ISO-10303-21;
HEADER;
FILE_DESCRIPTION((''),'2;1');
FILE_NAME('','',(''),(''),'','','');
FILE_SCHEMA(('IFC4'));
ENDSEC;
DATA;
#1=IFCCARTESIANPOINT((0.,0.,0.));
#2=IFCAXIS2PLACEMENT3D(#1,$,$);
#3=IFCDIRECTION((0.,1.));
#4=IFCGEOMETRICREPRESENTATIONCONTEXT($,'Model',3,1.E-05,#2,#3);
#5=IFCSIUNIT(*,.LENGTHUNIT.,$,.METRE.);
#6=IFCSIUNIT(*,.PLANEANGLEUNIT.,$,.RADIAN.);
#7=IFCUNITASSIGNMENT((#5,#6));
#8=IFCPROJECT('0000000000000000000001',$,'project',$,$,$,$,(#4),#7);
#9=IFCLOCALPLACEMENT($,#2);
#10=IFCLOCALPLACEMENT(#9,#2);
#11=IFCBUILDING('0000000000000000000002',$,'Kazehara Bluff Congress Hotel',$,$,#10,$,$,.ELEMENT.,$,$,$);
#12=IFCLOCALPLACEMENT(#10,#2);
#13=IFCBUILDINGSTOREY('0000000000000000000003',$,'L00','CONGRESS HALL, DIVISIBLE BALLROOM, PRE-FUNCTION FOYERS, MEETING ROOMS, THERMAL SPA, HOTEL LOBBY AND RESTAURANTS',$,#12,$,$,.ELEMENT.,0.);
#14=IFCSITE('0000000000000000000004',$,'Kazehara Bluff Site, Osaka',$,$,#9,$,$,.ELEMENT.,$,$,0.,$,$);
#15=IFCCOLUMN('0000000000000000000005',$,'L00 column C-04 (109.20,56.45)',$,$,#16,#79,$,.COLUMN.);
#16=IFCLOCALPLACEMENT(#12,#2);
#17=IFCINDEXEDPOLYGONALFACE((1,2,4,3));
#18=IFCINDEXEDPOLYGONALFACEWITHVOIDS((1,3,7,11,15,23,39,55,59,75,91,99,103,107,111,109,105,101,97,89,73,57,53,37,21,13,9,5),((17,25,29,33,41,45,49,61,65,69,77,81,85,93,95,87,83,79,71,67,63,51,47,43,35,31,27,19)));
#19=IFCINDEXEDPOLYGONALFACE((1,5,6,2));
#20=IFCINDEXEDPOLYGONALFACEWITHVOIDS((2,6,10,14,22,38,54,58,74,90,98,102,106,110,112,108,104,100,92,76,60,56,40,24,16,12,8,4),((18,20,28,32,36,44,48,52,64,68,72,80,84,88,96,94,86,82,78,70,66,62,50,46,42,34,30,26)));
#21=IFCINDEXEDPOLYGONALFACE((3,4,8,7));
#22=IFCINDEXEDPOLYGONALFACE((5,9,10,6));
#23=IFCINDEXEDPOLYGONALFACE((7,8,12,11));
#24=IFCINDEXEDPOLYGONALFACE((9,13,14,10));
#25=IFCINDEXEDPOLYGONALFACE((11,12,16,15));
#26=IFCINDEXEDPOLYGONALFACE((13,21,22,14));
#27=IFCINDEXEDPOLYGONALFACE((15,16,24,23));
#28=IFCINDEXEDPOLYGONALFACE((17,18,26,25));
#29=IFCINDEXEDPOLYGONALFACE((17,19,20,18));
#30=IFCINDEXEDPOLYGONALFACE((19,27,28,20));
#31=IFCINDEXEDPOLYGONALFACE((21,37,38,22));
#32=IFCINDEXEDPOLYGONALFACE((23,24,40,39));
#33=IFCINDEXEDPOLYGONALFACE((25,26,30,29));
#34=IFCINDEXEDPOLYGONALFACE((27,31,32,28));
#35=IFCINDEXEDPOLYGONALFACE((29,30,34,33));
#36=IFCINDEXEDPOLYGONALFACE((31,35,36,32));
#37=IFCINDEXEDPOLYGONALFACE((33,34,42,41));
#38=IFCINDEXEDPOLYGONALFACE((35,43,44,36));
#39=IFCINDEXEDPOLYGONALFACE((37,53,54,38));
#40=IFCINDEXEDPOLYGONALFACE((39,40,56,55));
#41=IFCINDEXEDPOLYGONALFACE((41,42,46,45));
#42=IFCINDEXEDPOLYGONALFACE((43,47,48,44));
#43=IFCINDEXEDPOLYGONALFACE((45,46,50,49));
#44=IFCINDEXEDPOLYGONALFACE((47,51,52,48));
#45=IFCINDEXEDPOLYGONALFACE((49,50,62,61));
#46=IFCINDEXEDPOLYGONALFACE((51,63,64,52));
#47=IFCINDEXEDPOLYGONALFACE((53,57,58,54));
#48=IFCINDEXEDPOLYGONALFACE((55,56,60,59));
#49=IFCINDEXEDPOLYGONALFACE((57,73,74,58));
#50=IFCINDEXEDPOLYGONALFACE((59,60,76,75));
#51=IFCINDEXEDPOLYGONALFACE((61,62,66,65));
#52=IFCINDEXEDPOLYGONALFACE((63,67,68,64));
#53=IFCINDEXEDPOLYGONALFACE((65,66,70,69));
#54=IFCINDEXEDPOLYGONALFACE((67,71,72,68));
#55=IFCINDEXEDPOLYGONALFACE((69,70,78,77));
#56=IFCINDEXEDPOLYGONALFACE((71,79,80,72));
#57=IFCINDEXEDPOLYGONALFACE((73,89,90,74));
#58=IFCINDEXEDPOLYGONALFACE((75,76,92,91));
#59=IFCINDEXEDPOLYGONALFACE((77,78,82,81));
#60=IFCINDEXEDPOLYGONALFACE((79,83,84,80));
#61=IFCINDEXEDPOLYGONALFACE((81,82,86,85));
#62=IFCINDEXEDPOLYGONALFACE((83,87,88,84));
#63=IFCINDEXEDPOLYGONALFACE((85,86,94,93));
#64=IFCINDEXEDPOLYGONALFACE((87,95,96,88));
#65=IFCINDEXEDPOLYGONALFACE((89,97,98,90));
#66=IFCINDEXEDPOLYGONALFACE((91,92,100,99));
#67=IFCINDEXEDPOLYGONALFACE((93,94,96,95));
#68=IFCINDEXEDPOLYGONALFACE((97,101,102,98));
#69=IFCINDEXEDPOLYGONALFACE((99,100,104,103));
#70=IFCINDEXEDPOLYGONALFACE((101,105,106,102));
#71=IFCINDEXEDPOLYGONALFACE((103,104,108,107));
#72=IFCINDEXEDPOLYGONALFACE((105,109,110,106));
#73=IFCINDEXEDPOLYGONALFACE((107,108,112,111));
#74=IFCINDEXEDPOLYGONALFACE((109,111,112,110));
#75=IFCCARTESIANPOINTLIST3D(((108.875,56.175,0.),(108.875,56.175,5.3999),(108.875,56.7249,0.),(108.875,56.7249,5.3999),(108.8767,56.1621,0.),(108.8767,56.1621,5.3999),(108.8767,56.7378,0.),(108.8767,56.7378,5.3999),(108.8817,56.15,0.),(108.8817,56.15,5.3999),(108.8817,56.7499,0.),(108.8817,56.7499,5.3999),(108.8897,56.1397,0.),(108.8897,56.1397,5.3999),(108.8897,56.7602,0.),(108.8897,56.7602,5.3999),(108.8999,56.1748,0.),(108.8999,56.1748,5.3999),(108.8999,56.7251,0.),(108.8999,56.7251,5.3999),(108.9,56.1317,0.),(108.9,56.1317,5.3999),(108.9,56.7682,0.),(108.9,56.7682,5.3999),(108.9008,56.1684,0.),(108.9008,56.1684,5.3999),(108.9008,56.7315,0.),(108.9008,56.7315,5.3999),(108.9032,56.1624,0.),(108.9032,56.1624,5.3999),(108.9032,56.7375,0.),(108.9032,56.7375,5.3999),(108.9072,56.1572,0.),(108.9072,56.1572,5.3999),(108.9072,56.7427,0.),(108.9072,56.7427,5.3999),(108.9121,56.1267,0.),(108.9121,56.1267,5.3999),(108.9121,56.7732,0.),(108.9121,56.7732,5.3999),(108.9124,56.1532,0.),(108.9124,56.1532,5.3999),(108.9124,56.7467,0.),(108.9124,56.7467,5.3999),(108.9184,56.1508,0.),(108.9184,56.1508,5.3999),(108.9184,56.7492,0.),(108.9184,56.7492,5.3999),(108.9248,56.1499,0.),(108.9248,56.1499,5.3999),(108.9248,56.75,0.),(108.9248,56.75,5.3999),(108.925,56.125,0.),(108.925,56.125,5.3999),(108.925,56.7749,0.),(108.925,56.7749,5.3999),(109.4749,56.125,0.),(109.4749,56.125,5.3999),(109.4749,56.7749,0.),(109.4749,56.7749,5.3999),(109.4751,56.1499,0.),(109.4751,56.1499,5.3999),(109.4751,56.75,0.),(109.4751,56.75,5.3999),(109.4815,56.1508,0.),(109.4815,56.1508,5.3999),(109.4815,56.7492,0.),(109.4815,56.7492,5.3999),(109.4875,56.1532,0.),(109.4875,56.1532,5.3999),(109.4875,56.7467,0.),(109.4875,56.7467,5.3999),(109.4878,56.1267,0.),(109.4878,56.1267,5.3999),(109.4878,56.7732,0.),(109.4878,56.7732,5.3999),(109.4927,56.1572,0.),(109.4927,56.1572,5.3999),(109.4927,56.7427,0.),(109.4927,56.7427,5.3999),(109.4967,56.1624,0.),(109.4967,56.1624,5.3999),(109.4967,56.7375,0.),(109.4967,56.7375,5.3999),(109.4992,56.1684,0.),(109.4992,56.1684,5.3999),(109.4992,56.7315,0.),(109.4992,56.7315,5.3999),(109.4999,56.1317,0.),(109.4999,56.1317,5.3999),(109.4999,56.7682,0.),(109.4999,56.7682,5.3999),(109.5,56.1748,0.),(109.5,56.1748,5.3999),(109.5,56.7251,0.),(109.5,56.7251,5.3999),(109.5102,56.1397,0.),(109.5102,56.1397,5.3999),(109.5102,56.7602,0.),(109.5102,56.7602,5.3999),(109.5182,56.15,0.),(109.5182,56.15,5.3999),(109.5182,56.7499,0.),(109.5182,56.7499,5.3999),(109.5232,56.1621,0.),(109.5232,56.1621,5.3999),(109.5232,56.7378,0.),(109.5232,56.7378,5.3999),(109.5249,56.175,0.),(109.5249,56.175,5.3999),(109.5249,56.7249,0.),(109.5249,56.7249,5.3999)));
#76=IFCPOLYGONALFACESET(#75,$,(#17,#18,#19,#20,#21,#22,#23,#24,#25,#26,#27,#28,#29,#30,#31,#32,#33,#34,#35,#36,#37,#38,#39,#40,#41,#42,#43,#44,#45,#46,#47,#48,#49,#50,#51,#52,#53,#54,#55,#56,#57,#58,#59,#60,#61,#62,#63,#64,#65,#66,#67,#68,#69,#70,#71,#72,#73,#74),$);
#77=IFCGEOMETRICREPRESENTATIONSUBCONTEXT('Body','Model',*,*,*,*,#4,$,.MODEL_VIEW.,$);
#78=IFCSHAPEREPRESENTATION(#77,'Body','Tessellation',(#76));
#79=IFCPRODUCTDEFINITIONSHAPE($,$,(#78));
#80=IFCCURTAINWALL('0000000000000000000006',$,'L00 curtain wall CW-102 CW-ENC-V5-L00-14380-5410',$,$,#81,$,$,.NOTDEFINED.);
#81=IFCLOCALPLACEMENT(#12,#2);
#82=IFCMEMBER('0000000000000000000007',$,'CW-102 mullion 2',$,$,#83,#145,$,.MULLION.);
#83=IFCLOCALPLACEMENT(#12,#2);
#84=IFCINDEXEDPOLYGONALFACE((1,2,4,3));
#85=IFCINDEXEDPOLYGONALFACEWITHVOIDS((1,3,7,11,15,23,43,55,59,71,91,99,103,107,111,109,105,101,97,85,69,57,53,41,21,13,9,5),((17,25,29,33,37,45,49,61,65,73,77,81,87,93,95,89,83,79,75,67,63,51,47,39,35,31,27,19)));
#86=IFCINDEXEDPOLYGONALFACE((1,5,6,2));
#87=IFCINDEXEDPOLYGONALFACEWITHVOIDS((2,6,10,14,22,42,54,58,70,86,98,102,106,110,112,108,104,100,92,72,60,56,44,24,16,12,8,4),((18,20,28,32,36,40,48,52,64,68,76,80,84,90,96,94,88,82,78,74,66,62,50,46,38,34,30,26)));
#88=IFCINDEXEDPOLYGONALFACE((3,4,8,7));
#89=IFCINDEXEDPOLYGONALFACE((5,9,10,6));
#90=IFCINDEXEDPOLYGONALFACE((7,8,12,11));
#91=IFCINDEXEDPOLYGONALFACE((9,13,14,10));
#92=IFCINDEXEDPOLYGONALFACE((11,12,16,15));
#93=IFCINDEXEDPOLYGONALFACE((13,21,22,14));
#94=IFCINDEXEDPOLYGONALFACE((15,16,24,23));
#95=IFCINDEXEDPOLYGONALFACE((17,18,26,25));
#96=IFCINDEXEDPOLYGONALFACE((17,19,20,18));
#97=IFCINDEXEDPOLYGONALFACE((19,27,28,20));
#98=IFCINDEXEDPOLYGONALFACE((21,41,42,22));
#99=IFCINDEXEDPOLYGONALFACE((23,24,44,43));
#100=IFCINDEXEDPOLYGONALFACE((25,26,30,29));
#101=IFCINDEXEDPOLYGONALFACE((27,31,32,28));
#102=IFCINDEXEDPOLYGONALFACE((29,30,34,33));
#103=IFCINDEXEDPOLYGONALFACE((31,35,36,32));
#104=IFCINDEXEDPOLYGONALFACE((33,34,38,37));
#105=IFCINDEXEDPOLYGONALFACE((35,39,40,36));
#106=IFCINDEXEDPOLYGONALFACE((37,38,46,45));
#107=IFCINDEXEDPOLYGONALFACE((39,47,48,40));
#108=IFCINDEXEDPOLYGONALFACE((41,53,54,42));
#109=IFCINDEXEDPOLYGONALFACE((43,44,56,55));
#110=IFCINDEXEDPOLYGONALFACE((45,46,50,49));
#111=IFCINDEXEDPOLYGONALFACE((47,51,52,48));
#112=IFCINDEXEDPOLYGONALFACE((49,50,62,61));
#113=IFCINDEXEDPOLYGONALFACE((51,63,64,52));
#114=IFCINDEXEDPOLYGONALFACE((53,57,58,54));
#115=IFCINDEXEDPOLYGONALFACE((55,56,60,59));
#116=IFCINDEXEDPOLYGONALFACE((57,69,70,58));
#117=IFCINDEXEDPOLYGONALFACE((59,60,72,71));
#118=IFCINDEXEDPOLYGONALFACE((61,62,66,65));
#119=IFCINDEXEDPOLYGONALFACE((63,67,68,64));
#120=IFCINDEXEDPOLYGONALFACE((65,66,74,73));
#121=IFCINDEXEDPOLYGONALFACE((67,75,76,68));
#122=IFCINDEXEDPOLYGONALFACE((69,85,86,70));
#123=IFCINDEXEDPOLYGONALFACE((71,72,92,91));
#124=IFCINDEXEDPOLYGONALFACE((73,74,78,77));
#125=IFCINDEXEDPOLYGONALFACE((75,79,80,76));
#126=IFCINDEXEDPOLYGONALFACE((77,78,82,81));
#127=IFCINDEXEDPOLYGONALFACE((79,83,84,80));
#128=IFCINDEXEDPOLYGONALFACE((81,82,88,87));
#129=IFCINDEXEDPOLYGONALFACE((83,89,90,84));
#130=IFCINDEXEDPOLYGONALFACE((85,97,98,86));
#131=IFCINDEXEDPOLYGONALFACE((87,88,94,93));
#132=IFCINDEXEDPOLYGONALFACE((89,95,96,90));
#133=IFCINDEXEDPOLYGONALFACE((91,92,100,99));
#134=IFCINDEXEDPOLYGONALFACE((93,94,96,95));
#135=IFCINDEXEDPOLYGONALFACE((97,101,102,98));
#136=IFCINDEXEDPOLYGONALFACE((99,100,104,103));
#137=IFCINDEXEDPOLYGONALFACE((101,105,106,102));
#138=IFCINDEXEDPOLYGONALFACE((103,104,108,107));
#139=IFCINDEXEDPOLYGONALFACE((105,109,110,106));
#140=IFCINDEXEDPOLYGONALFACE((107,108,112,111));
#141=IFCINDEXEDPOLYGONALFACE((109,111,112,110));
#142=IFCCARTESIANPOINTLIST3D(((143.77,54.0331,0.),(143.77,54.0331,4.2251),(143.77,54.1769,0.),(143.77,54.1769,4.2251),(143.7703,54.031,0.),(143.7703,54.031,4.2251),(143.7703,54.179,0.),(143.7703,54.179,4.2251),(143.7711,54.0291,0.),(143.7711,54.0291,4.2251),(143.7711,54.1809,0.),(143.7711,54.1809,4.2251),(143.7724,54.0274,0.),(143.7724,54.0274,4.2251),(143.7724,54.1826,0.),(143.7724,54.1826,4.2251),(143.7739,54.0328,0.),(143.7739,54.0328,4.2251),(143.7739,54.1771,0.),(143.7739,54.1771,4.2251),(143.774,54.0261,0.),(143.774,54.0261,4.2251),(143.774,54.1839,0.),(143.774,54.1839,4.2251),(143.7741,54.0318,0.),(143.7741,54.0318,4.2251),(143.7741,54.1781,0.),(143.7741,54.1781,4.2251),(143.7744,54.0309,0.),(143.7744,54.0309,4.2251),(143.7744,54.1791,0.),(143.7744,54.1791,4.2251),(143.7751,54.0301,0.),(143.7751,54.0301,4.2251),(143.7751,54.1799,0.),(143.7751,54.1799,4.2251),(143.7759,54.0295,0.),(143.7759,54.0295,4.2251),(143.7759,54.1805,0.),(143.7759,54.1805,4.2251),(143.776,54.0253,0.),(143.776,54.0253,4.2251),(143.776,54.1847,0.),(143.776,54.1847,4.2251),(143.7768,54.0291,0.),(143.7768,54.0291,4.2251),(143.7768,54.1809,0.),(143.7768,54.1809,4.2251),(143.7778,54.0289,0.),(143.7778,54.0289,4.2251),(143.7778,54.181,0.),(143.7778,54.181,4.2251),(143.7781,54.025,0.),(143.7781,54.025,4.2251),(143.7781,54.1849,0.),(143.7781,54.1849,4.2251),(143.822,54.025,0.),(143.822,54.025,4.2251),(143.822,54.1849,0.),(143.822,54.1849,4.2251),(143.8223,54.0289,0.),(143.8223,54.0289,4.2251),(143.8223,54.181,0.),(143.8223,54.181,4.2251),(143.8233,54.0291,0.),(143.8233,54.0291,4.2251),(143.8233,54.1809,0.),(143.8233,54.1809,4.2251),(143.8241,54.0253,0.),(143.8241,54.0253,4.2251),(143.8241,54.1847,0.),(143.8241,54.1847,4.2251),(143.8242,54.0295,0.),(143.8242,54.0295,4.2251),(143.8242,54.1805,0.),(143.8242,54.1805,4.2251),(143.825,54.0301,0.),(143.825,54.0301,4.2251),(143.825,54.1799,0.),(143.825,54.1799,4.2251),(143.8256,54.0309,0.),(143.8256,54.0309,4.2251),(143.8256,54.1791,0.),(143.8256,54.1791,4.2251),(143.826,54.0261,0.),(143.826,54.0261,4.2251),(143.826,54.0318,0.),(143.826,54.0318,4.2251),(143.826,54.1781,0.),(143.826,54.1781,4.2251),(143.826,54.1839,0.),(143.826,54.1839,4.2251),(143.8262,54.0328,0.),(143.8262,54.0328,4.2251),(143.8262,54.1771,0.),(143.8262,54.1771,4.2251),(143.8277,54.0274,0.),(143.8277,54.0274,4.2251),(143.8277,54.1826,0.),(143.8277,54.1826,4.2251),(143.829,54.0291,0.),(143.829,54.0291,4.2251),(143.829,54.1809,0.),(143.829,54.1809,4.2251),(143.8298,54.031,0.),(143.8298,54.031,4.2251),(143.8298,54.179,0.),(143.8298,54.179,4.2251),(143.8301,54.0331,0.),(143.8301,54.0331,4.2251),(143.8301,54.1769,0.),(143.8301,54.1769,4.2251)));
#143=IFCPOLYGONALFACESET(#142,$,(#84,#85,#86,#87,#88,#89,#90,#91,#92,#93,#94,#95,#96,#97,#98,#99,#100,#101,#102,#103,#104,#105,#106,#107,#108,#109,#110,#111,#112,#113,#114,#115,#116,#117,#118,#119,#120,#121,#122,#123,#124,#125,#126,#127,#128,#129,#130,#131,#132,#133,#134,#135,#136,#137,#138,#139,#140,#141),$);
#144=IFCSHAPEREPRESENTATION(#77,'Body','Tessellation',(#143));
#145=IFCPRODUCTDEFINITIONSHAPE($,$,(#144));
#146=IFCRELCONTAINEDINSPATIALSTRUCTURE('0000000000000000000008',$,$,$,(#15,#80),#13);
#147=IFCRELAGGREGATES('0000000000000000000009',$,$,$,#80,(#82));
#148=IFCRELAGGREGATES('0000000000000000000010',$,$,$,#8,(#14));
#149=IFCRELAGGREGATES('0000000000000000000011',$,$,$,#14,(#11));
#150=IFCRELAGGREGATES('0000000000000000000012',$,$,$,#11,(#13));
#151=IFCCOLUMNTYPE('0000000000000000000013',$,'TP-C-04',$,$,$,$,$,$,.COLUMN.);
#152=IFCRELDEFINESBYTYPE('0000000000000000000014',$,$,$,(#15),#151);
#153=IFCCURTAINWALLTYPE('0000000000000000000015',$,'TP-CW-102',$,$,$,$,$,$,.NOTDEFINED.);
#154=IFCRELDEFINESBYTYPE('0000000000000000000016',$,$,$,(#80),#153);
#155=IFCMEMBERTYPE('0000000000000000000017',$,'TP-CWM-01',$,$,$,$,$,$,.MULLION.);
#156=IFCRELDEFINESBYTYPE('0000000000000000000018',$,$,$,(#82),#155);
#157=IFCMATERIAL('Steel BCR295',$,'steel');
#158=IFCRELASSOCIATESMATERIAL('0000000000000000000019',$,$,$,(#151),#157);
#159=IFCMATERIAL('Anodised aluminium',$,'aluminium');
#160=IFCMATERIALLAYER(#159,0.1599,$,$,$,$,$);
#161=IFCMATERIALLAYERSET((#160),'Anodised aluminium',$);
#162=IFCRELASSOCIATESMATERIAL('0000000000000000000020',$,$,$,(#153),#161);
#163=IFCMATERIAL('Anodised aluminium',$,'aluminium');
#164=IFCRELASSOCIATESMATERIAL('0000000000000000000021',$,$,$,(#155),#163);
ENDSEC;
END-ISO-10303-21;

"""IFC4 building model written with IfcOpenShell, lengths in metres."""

from ifc_helpers import new_model, si_unit, direction, frame, origin, origin_2d, place, context, subcontext, project, spatial, hollow_rectangle, extrude, material, layer, layer_set, material_profile, profile_set, type_object, element, aggregate, save


model = new_model("IFC4")

# Units and contexts
model_context = context("Model", 3, precision=1e-05, world=origin(), true_north=direction((0.0, 1.0)))
body_context = subcontext(model_context, "Body", "Model", "MODEL_VIEW")
ifc_project = project(units=[si_unit("LENGTHUNIT", "METRE"), si_unit("PLANEANGLEUNIT", "RADIAN")], contexts=[model_context])

# Site, building, storey
site_placement = place(None, origin())
site = spatial("IfcSite", under=ifc_project, at=site_placement, Name="Kazehara Bluff Site, Osaka", CompositionType="ELEMENT", RefElevation=0.0)
building_placement = place(site_placement, origin())
building = spatial("IfcBuilding", under=site, at=building_placement, Name="Kazehara Bluff Congress Hotel", CompositionType="ELEMENT")
storey_placement = place(building_placement, origin())
storey = spatial("IfcBuildingStorey", under=building, at=storey_placement, Name="L00", Description="CONGRESS HALL, DIVISIBLE BALLROOM, PRE-FUNCTION FOYERS, MEETING ROOMS, THERMAL SPA, HOTEL LOBBY AND RESTAURANTS", CompositionType="ELEMENT", Elevation=0.0)

# Column
ifc_material_1 = material(Name="Steel BCR295", Category="steel")
ifc_material_profile_1 = material_profile(ifc_material_1, hollow_rectangle(XDim=0.6499, YDim=0.6499, WallThickness=0.0249, InnerFilletRadius=0.0249, OuterFilletRadius=0.05, at=origin_2d()))
ifc_profile_set_1 = profile_set([ifc_material_profile_1], Name="Steel BCR295")
column_type = type_object("IfcColumnType", Name="TP-C-04", PredefinedType="COLUMN", material=ifc_profile_set_1)
column_placement = place(storey_placement, frame((109.2, 56.45, 0.0), z_axis=(0.0, 0.0, 1.0), x_axis=(1.0, 0.0, 0.0)))
element("IfcColumn", 1, at=column_placement, inside=storey, type_object=column_type, Name="L00 column C-04 (109.20,56.45)", PredefinedType="COLUMN", context=body_context, shape_type="SweptSolid", body=[
    extrude(hollow_rectangle(XDim=0.6499, YDim=0.6499, WallThickness=0.0249, InnerFilletRadius=0.0249, OuterFilletRadius=0.05, at=origin_2d()), origin(), (0.0, 0.0, 1.0), 5.3999),
])

# Curtain wall, member
ifc_material_2 = material(Name="Anodised aluminium", Category="aluminium")
ifc_layer_1 = layer(ifc_material_2, 0.1599)
ifc_layer_set_1 = layer_set([ifc_layer_1], Name="Anodised aluminium")
curtain_wall_type_1 = type_object("IfcCurtainWallType", Name="TP-CW-102", PredefinedType="NOTDEFINED", material=ifc_layer_set_1)
curtain_wall_1_placement = place(storey_placement, origin())
curtain_wall_1 = element("IfcCurtainWall", 2, at=curtain_wall_1_placement, inside=storey, type_object=curtain_wall_type_1, Name="L00 curtain wall CW-102 CW-ENC-V5-L00-14380-5410", PredefinedType="NOTDEFINED")
ifc_material_3 = material(Name="Anodised aluminium", Category="aluminium")
ifc_material_profile_2 = material_profile(ifc_material_3, hollow_rectangle(XDim=0.0601, YDim=0.1599, WallThickness=0.0039, InnerFilletRadius=0.0039, OuterFilletRadius=0.0081, at=origin_2d()))
ifc_profile_set_2 = profile_set([ifc_material_profile_2], Name="Anodised aluminium")
member_type_1 = type_object("IfcMemberType", Name="TP-CWM-01", PredefinedType="MULLION", material=ifc_profile_set_2)
member_1_placement = place(storey_placement, frame((143.8, 54.105, 0.0), z_axis=(0.0, 0.0, 1.0), x_axis=(-1.0, 0.0, 0.0)))
member_1 = element("IfcMember", 3, at=member_1_placement, type_object=member_type_1, Name="CW-102 mullion 2", PredefinedType="MULLION", context=body_context, shape_type="SweptSolid", body=[
    extrude(hollow_rectangle(XDim=0.0601, YDim=0.1599, WallThickness=0.0039, InnerFilletRadius=0.0039, OuterFilletRadius=0.0081, at=origin_2d()), origin(), (0.0, 0.0, 1.0), 4.2251),
])

aggregate(curtain_wall_1, [member_1])

save(model, "model.ifc")
